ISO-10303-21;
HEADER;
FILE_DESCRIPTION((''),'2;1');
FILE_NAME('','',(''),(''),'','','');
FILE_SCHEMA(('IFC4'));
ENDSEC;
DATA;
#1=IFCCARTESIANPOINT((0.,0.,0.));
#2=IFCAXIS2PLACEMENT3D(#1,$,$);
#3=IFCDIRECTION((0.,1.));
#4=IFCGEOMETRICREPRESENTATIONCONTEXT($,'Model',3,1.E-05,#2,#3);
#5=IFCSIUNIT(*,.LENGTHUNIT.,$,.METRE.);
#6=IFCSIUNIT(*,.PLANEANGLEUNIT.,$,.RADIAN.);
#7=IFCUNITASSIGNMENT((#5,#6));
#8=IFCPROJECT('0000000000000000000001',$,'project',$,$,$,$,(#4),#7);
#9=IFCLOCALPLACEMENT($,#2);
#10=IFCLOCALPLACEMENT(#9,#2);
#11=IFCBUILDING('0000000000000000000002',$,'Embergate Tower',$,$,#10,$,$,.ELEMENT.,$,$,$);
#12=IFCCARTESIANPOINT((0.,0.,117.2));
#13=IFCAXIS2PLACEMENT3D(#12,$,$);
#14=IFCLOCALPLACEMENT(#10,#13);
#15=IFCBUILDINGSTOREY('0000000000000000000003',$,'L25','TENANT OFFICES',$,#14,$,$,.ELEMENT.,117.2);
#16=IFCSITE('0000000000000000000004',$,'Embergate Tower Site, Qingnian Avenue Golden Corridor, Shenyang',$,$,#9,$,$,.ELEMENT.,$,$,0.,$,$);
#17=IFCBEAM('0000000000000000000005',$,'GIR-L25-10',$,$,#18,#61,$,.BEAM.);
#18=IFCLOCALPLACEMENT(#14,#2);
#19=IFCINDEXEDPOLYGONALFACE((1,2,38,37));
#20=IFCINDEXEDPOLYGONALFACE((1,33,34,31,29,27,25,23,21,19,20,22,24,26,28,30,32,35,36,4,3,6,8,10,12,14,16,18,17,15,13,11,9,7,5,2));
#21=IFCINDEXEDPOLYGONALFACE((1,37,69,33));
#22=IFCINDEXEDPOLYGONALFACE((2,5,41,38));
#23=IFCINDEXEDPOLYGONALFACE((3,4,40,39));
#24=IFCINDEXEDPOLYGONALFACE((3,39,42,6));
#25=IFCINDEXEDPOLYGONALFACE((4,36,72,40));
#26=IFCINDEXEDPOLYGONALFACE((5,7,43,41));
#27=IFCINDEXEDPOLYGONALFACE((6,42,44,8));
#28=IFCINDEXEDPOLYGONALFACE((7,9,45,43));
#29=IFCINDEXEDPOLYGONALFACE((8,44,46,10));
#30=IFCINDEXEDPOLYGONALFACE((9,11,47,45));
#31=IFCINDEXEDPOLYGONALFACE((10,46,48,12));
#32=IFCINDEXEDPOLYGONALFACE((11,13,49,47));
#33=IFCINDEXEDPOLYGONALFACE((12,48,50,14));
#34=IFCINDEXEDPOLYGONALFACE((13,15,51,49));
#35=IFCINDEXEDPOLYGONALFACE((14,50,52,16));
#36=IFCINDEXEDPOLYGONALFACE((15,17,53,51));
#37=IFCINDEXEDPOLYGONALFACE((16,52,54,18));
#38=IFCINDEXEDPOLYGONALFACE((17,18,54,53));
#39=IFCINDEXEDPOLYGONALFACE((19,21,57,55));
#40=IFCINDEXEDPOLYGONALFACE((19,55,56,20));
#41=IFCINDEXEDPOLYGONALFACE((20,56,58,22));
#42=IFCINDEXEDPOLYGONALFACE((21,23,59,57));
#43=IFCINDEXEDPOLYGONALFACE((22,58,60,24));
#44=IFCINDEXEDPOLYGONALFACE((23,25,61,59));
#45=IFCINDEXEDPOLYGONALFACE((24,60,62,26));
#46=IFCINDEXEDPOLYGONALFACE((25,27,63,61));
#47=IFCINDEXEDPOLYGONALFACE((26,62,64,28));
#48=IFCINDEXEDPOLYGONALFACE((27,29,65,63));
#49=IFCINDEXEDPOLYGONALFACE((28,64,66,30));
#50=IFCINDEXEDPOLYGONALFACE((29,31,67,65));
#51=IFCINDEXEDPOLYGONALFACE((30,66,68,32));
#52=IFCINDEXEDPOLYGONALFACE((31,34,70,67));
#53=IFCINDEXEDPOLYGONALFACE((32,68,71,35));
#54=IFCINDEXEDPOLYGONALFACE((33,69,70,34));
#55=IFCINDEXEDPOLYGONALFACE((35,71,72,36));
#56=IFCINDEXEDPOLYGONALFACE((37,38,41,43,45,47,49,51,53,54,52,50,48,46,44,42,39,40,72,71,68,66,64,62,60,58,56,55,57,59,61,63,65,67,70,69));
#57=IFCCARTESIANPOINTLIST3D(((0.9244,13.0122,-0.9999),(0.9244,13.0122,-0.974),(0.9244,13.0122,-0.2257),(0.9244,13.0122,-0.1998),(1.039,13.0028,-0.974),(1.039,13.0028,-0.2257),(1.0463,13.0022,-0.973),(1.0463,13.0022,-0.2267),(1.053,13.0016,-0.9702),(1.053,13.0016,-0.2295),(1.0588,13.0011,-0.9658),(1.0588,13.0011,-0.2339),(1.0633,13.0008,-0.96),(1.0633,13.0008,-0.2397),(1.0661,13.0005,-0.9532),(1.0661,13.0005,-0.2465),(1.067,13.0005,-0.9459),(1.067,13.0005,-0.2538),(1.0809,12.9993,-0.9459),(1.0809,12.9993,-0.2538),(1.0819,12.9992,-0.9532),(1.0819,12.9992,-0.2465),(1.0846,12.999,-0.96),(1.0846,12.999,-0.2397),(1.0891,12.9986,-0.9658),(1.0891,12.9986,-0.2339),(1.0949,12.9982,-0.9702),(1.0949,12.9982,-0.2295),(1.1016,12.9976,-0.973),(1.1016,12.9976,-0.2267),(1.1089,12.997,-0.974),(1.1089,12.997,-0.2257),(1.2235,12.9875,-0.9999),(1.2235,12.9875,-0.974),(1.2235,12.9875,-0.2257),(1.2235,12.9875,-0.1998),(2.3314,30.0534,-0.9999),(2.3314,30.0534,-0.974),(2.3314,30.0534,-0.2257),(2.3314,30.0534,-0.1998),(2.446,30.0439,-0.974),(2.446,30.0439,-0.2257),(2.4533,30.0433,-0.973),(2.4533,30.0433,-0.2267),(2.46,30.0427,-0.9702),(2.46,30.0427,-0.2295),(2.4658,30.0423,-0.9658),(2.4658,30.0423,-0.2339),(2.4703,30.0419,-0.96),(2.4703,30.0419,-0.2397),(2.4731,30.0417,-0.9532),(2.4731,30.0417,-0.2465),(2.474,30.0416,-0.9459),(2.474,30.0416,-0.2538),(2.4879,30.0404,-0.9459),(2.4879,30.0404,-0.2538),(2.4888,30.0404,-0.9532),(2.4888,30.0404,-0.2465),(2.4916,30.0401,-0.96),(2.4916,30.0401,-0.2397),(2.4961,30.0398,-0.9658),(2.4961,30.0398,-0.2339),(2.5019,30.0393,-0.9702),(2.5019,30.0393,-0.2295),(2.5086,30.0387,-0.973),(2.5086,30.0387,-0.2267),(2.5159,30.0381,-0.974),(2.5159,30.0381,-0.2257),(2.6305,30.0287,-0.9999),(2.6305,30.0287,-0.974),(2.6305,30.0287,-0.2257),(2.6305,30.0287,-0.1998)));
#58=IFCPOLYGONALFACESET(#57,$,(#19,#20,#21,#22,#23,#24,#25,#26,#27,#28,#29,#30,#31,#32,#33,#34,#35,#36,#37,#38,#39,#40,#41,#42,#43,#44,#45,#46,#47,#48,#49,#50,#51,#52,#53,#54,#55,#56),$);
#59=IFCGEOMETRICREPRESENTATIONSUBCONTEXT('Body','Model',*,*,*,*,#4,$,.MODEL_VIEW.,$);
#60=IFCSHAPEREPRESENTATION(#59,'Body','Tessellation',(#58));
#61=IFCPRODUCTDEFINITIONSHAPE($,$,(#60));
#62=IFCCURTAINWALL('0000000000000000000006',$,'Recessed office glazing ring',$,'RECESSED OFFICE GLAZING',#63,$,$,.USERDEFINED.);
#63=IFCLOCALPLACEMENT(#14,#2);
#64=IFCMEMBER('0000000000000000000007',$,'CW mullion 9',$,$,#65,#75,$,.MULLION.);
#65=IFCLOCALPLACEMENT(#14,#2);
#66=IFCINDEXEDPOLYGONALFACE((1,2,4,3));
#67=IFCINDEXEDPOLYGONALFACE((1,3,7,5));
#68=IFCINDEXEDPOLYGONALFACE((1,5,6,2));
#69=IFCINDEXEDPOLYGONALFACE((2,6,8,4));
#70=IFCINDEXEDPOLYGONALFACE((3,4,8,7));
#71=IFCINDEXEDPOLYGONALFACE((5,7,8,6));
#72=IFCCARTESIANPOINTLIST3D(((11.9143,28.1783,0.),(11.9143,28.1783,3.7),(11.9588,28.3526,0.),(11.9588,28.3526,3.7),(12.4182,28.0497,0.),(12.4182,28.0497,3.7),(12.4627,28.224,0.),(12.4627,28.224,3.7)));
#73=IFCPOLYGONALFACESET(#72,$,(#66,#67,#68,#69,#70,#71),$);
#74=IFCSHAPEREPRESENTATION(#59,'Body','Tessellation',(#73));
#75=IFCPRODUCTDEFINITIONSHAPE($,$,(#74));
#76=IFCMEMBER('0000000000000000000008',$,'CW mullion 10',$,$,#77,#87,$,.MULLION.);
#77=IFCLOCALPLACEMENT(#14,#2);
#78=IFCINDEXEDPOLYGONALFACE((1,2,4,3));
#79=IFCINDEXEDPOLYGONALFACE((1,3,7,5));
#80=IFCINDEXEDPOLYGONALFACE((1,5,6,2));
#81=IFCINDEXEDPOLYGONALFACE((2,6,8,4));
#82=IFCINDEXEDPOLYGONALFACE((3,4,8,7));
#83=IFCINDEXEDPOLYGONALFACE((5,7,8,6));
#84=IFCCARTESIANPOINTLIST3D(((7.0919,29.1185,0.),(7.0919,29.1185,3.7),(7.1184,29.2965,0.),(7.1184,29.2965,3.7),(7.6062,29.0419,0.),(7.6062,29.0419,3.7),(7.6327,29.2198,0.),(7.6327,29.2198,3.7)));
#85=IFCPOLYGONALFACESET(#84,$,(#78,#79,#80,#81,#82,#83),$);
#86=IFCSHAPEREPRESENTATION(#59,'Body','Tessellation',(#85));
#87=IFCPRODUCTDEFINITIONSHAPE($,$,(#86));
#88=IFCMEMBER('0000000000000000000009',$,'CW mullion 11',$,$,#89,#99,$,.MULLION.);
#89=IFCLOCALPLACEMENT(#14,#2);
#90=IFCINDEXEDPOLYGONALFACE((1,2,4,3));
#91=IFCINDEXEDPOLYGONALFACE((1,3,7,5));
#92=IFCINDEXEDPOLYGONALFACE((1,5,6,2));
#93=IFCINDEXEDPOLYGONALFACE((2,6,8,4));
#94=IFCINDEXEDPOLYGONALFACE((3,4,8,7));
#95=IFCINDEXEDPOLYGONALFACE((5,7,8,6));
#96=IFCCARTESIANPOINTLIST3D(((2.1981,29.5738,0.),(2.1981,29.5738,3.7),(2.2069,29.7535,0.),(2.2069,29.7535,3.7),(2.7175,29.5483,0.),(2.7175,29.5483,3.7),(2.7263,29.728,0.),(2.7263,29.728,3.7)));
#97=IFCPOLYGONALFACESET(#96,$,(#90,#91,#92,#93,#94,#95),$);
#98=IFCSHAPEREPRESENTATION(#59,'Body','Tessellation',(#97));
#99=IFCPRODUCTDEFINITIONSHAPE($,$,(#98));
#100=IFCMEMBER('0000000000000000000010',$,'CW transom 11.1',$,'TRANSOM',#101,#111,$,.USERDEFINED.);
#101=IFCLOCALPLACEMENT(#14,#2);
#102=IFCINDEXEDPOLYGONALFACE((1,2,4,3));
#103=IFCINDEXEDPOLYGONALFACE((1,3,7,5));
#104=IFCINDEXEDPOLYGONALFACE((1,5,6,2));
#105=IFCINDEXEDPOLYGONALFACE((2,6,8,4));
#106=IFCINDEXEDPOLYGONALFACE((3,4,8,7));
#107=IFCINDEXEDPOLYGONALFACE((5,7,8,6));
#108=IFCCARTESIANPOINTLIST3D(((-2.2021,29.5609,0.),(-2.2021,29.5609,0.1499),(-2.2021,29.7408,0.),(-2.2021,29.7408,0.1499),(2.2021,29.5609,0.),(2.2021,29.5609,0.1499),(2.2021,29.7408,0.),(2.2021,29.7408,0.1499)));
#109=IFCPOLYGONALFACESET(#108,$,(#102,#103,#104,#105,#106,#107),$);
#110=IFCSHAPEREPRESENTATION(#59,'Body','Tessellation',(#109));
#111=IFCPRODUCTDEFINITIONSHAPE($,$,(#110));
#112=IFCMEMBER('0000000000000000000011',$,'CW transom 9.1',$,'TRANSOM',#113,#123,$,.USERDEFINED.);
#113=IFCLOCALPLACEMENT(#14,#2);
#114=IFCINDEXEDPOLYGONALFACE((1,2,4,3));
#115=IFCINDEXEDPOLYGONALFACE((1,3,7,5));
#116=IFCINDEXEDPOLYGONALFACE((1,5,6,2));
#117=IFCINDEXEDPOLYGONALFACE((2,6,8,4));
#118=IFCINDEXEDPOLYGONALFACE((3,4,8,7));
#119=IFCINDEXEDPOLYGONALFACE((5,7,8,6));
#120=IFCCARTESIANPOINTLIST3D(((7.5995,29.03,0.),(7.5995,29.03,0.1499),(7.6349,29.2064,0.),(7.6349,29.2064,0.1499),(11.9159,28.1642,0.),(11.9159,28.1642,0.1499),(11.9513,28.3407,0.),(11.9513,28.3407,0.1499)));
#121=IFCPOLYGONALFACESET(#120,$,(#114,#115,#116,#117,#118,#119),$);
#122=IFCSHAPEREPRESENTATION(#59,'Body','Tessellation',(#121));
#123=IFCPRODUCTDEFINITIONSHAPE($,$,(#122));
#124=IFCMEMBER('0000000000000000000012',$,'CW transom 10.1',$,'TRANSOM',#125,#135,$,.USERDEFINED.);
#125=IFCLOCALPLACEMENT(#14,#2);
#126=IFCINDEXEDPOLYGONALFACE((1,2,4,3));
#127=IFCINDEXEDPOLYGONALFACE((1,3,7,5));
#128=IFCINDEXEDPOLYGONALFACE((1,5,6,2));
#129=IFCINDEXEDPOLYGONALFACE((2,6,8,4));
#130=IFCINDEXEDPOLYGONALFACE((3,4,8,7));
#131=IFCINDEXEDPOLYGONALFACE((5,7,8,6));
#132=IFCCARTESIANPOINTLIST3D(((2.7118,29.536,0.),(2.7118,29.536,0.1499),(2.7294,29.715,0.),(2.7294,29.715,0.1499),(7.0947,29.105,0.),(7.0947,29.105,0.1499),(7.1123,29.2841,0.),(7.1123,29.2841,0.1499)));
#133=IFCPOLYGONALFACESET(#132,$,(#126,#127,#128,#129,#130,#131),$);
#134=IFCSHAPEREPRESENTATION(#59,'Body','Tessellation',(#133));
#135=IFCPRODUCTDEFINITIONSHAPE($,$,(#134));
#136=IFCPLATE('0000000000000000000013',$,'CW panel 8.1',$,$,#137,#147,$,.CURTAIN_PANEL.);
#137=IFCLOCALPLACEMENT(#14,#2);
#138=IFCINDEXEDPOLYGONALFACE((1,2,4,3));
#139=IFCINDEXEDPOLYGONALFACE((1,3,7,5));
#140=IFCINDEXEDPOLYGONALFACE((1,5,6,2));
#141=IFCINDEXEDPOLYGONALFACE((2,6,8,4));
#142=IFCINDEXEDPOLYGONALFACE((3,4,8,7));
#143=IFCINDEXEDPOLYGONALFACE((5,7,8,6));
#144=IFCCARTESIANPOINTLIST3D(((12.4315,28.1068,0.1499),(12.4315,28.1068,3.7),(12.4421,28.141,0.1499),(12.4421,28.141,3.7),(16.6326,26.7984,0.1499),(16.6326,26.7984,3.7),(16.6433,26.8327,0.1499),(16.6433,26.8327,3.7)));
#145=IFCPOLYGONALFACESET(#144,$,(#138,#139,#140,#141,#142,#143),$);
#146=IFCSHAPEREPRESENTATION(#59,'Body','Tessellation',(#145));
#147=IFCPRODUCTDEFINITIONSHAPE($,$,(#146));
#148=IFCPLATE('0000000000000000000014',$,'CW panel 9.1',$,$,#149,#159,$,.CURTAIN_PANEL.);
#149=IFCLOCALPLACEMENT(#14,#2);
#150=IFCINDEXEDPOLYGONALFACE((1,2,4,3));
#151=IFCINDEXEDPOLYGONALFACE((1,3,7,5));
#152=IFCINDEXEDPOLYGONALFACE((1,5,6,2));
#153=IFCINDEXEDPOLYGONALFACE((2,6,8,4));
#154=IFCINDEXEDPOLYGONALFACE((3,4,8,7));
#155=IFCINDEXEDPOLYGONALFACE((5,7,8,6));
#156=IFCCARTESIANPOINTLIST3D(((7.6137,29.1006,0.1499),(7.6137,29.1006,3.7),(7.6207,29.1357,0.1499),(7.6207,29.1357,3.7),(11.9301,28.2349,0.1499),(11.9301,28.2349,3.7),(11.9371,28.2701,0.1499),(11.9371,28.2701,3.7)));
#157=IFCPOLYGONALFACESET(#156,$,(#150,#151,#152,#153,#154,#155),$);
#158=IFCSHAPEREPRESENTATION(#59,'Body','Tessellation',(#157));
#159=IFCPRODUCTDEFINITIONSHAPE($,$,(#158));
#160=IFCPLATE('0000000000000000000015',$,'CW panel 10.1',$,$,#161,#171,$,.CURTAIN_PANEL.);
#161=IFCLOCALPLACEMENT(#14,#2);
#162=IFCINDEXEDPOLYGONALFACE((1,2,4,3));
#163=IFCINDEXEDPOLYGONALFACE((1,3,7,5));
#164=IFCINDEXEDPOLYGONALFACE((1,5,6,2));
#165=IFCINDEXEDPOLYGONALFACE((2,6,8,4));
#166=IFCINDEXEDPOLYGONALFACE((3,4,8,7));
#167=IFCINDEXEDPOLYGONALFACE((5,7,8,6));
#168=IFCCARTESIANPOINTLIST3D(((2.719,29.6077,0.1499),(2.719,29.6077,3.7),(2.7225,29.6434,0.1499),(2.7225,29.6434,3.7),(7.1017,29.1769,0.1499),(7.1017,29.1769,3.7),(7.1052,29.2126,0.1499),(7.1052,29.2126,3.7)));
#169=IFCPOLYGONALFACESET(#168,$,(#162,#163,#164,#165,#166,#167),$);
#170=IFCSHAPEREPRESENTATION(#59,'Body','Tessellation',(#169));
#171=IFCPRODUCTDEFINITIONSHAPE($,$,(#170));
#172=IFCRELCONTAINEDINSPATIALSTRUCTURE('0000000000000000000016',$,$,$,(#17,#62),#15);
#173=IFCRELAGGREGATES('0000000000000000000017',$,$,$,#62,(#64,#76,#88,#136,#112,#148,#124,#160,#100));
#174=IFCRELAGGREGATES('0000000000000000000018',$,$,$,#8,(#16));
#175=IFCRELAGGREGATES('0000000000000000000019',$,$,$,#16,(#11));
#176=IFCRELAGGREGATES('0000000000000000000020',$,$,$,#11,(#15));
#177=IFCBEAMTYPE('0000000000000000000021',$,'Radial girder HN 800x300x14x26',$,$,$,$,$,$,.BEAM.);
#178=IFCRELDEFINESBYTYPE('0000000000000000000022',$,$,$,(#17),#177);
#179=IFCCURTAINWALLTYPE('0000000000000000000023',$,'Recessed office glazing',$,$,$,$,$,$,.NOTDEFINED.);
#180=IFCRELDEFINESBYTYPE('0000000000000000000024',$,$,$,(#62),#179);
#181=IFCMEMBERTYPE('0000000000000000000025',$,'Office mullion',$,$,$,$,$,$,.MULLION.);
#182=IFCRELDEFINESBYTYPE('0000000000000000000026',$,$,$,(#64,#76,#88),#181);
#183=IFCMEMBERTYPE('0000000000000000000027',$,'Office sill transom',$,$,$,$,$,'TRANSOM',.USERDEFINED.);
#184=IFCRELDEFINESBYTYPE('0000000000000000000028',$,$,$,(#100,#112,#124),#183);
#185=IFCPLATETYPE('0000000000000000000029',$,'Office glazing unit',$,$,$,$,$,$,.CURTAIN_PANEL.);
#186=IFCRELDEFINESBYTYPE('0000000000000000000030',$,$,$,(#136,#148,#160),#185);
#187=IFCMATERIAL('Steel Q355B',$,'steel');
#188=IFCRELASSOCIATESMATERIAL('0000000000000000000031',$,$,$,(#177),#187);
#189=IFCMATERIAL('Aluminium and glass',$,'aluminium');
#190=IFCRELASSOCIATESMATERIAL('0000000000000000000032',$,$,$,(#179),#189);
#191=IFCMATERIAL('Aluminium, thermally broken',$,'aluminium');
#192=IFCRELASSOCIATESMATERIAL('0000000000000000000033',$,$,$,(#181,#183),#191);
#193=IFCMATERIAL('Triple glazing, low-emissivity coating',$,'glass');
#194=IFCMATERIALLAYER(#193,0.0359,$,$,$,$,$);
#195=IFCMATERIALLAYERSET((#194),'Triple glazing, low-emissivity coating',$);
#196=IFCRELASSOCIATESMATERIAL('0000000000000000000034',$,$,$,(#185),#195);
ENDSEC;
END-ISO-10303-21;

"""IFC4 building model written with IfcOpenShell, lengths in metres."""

from ifc_helpers import new_model, si_unit, direction, frame, origin, origin_2d, place, context, subcontext, project, spatial, rectangle, i_section, extrude, source, transform, mapped, material, layer, layer_set, material_profile, profile_set, type_object, element, aggregate, save


model = new_model("IFC4")

# Units and contexts
model_context = context("Model", 3, precision=1e-05, world=origin(), true_north=direction((0.0, 1.0)))
body_context = subcontext(model_context, "Body", "Model", "MODEL_VIEW")
ifc_project = project(units=[si_unit("LENGTHUNIT", "METRE"), si_unit("PLANEANGLEUNIT", "RADIAN")], contexts=[model_context])

# Site, building, storey
site_placement = place(None, origin())
site = spatial("IfcSite", under=ifc_project, at=site_placement, Name="Embergate Tower Site, Qingnian Avenue Golden Corridor, Shenyang", CompositionType="ELEMENT", RefElevation=0.0)
building_placement = place(site_placement, origin())
building = spatial("IfcBuilding", under=site, at=building_placement, Name="Embergate Tower", CompositionType="ELEMENT")
storey_placement = place(building_placement, frame((0.0, 0.0, 117.2)))
storey = spatial("IfcBuildingStorey", under=building, at=storey_placement, Name="L25", Description="TENANT OFFICES", CompositionType="ELEMENT", Elevation=117.2)

# Beam
ifc_material_1 = material(Name="Steel Q355B", Category="steel")
ifc_material_profile_1 = material_profile(ifc_material_1, i_section(OverallWidth=0.3, OverallDepth=0.8, WebThickness=0.0139, FlangeThickness=0.0259, FilletRadius=0.0281, at=origin_2d()), Name="HN 800x300x14x26")
ifc_profile_set_1 = profile_set([ifc_material_profile_1], Name="Steel Q355 grade B")
beam_type_1 = type_object("IfcBeamType", Name="Radial girder HN 800x300x14x26", PredefinedType="BEAM", material=ifc_profile_set_1)
shared_shape_1 = source(origin(), body_context, "Body", "SweptSolid", [
    extrude(i_section(OverallWidth=0.3, OverallDepth=0.8, WebThickness=0.0139, FlangeThickness=0.0259, FilletRadius=0.0281, at=origin_2d()), origin(), (0.0, 0.0, 1.0), 17.0991),
])
beam_1_placement = place(storey_placement, frame((2.481, 30.041, -0.5999), z_axis=(-0.082284, -0.996609, 0.0), x_axis=(0.996609, -0.082284, 0.0)))
element("IfcBeam", 1, at=beam_1_placement, inside=storey, type_object=beam_type_1, Name="GIR-L25-10", PredefinedType="BEAM", context=body_context, shape_type="MappedRepresentation", body=[
    mapped(shared_shape_1, transform((0.0, 0.0, 0.0))),
])

# Curtain wall, members, plates
ifc_material_2 = material(Name="Aluminium and glass", Category="aluminium")
curtain_wall_type = type_object("IfcCurtainWallType", Name="Recessed office glazing", PredefinedType="NOTDEFINED", material=ifc_material_2)
curtain_wall_placement = place(storey_placement, origin())
curtain_wall = element("IfcCurtainWall", 2, at=curtain_wall_placement, inside=storey, type_object=curtain_wall_type, Name="Recessed office glazing ring", ObjectType="RECESSED OFFICE GLAZING", PredefinedType="USERDEFINED")
ifc_material_3 = material(Name="Aluminium, thermally broken", Category="aluminium")
ifc_material_profile_2 = material_profile(ifc_material_3, rectangle(XDim=0.1799, YDim=0.52, at=origin_2d()), Name="AL 520x180")
ifc_profile_set_2 = profile_set([ifc_material_profile_2], Name="Aluminium, thermally broken")
member_type_1 = type_object("IfcMemberType", Name="Office mullion", PredefinedType="MULLION", material=ifc_profile_set_2)
shared_shape_2 = source(origin(), body_context, "Body", "SweptSolid", [
    extrude(rectangle(XDim=0.1799, YDim=0.52, at=origin_2d()), origin(), (0.0, 0.0, 1.0), 3.7),
])
member_1_placement = place(storey_placement, frame((12.1885, 28.2012, 0.0), z_axis=(0.0, 0.0, 1.0), x_axis=(-0.247315, -0.968935, 0.0)))
member_1 = element("IfcMember", 3, at=member_1_placement, type_object=member_type_1, Name="CW mullion 9", PredefinedType="MULLION", context=body_context, shape_type="MappedRepresentation", body=[
    mapped(shared_shape_2, transform((0.0, 0.0, 0.0))),
])
member_2_placement = place(storey_placement, frame((7.3623, 29.1692, 0.0), z_axis=(0.0, 0.0, 1.0), x_axis=(-0.147414, -0.989075, 0.0)))
member_2 = element("IfcMember", 4, at=member_2_placement, type_object=member_type_1, Name="CW mullion 10", PredefinedType="MULLION", context=body_context, shape_type="MappedRepresentation", body=[
    mapped(shared_shape_2, transform((0.0, 0.0, 0.0))),
])
member_3_placement = place(storey_placement, frame((2.4622, 29.6509, 0.0), z_axis=(0.0, 0.0, 1.0), x_axis=(-0.048972, -0.9988, 0.0)))
member_3 = element("IfcMember", 5, at=member_3_placement, type_object=member_type_1, Name="CW mullion 11", PredefinedType="MULLION", context=body_context, shape_type="MappedRepresentation", body=[
    mapped(shared_shape_2, transform((0.0, 0.0, 0.0))),
])
ifc_material_profile_3 = material_profile(ifc_material_3, rectangle(XDim=0.1799, YDim=0.1499, at=origin_2d()), Name="AL 150x180")
ifc_profile_set_3 = profile_set([ifc_material_profile_3], Name="Aluminium, thermally broken")
member_type_2 = type_object("IfcMemberType", Name="Office sill transom", ElementType="TRANSOM", PredefinedType="USERDEFINED", material=ifc_profile_set_3)
shared_shape_3 = source(origin(), body_context, "Body", "SweptSolid", [
    extrude(rectangle(XDim=0.1799, YDim=0.1499, at=origin_2d()), origin(), (0.0, 0.0, 1.0), 4.4043),
])
member_4_placement = place(storey_placement, frame((2.2021, 29.6509, 0.075), z_axis=(-1.0, 0.0, 0.0), x_axis=(0.0, -1.0, 0.0)))
member_4 = element("IfcMember", 6, at=member_4_placement, type_object=member_type_2, Name="CW transom 11.1", ObjectType="TRANSOM", PredefinedType="USERDEFINED", context=body_context, shape_type="MappedRepresentation", body=[
    mapped(shared_shape_3, transform((0.0, 0.0, 0.0))),
])
shared_shape_4 = source(origin(), body_context, "Body", "SweptSolid", [
    extrude(rectangle(XDim=0.1799, YDim=0.1499, at=origin_2d()), origin(), (0.0, 0.0, 1.0), 4.4023),
])
member_5_placement = place(storey_placement, frame((11.9336, 28.2524, 0.075), z_axis=(-0.980474, 0.196649, 0.0), x_axis=(-0.196649, -0.980474, 0.0)))
member_5 = element("IfcMember", 7, at=member_5_placement, type_object=member_type_2, Name="CW transom 9.1", ObjectType="TRANSOM", PredefinedType="USERDEFINED", context=body_context, shape_type="MappedRepresentation", body=[
    mapped(shared_shape_4, transform((0.0, 0.0, 0.0))),
])
shared_shape_5 = source(origin(), body_context, "Body", "SweptSolid", [
    extrude(rectangle(XDim=0.1799, YDim=0.1499, at=origin_2d()), origin(), (0.0, 0.0, 1.0), 4.4041),
])
member_6_placement = place(storey_placement, frame((7.1035, 29.1946, 0.075), z_axis=(-0.995202, 0.097846, 0.0), x_axis=(-0.097846, -0.995202, 0.0)))
member_6 = element("IfcMember", 8, at=member_6_placement, type_object=member_type_2, Name="CW transom 10.1", ObjectType="TRANSOM", PredefinedType="USERDEFINED", context=body_context, shape_type="MappedRepresentation", body=[
    mapped(shared_shape_5, transform((0.0, 0.0, 0.0))),
])
ifc_material_4 = material(Name="Triple glazing, low-emissivity coating", Category="glass")
ifc_layer_1 = layer(ifc_material_4, 0.0359)
ifc_layer_set_1 = layer_set([ifc_layer_1], Name="Triple glazing, low-emissivity coating")
plate_type = type_object("IfcPlateType", Name="Office glazing unit", PredefinedType="CURTAIN_PANEL", material=ifc_layer_set_1)
shared_shape_6 = source(origin(), body_context, "Body", "SweptSolid", [
    extrude(rectangle(XDim=4.4001, YDim=0.0359, at=origin_2d()), origin(), (0.0, 0.0, 1.0), 3.55),
])
plate_1_placement = place(storey_placement, frame((14.5374, 27.4697, 0.1499), z_axis=(0.0, 0.0, 1.0), x_axis=(-0.954771, 0.297342, 0.0)))
plate_1 = element("IfcPlate", 9, at=plate_1_placement, type_object=plate_type, Name="CW panel 8.1", PredefinedType="CURTAIN_PANEL", context=body_context, shape_type="MappedRepresentation", body=[
    mapped(shared_shape_6, transform((0.0, 0.0, 0.0))),
])
shared_shape_7 = source(origin(), body_context, "Body", "SweptSolid", [
    extrude(rectangle(XDim=4.4023, YDim=0.0359, at=origin_2d()), origin(), (0.0, 0.0, 1.0), 3.55),
])
plate_2_placement = place(storey_placement, frame((9.7754, 28.6853, 0.1499), z_axis=(0.0, 0.0, 1.0), x_axis=(-0.980475, 0.196643, 0.0)))
plate_2 = element("IfcPlate", 10, at=plate_2_placement, type_object=plate_type, Name="CW panel 9.1", PredefinedType="CURTAIN_PANEL", context=body_context, shape_type="MappedRepresentation", body=[
    mapped(shared_shape_7, transform((0.0, 0.0, 0.0))),
])
shared_shape_8 = source(origin(), body_context, "Body", "SweptSolid", [
    extrude(rectangle(XDim=4.4038, YDim=0.0359, at=origin_2d()), origin(), (0.0, 0.0, 1.0), 3.55),
])
plate_3_placement = place(storey_placement, frame((4.9121, 29.4102, 0.1499), z_axis=(0.0, 0.0, 1.0), x_axis=(-0.995203, 0.097831, 0.0)))
plate_3 = element("IfcPlate", 11, at=plate_3_placement, type_object=plate_type, Name="CW panel 10.1", PredefinedType="CURTAIN_PANEL", context=body_context, shape_type="MappedRepresentation", body=[
    mapped(shared_shape_8, transform((0.0, 0.0, 0.0))),
])
aggregate(curtain_wall, [member_1, member_2, member_3, plate_1, member_5, plate_2, member_6, plate_3, member_4])

save(model, "model.ifc")
